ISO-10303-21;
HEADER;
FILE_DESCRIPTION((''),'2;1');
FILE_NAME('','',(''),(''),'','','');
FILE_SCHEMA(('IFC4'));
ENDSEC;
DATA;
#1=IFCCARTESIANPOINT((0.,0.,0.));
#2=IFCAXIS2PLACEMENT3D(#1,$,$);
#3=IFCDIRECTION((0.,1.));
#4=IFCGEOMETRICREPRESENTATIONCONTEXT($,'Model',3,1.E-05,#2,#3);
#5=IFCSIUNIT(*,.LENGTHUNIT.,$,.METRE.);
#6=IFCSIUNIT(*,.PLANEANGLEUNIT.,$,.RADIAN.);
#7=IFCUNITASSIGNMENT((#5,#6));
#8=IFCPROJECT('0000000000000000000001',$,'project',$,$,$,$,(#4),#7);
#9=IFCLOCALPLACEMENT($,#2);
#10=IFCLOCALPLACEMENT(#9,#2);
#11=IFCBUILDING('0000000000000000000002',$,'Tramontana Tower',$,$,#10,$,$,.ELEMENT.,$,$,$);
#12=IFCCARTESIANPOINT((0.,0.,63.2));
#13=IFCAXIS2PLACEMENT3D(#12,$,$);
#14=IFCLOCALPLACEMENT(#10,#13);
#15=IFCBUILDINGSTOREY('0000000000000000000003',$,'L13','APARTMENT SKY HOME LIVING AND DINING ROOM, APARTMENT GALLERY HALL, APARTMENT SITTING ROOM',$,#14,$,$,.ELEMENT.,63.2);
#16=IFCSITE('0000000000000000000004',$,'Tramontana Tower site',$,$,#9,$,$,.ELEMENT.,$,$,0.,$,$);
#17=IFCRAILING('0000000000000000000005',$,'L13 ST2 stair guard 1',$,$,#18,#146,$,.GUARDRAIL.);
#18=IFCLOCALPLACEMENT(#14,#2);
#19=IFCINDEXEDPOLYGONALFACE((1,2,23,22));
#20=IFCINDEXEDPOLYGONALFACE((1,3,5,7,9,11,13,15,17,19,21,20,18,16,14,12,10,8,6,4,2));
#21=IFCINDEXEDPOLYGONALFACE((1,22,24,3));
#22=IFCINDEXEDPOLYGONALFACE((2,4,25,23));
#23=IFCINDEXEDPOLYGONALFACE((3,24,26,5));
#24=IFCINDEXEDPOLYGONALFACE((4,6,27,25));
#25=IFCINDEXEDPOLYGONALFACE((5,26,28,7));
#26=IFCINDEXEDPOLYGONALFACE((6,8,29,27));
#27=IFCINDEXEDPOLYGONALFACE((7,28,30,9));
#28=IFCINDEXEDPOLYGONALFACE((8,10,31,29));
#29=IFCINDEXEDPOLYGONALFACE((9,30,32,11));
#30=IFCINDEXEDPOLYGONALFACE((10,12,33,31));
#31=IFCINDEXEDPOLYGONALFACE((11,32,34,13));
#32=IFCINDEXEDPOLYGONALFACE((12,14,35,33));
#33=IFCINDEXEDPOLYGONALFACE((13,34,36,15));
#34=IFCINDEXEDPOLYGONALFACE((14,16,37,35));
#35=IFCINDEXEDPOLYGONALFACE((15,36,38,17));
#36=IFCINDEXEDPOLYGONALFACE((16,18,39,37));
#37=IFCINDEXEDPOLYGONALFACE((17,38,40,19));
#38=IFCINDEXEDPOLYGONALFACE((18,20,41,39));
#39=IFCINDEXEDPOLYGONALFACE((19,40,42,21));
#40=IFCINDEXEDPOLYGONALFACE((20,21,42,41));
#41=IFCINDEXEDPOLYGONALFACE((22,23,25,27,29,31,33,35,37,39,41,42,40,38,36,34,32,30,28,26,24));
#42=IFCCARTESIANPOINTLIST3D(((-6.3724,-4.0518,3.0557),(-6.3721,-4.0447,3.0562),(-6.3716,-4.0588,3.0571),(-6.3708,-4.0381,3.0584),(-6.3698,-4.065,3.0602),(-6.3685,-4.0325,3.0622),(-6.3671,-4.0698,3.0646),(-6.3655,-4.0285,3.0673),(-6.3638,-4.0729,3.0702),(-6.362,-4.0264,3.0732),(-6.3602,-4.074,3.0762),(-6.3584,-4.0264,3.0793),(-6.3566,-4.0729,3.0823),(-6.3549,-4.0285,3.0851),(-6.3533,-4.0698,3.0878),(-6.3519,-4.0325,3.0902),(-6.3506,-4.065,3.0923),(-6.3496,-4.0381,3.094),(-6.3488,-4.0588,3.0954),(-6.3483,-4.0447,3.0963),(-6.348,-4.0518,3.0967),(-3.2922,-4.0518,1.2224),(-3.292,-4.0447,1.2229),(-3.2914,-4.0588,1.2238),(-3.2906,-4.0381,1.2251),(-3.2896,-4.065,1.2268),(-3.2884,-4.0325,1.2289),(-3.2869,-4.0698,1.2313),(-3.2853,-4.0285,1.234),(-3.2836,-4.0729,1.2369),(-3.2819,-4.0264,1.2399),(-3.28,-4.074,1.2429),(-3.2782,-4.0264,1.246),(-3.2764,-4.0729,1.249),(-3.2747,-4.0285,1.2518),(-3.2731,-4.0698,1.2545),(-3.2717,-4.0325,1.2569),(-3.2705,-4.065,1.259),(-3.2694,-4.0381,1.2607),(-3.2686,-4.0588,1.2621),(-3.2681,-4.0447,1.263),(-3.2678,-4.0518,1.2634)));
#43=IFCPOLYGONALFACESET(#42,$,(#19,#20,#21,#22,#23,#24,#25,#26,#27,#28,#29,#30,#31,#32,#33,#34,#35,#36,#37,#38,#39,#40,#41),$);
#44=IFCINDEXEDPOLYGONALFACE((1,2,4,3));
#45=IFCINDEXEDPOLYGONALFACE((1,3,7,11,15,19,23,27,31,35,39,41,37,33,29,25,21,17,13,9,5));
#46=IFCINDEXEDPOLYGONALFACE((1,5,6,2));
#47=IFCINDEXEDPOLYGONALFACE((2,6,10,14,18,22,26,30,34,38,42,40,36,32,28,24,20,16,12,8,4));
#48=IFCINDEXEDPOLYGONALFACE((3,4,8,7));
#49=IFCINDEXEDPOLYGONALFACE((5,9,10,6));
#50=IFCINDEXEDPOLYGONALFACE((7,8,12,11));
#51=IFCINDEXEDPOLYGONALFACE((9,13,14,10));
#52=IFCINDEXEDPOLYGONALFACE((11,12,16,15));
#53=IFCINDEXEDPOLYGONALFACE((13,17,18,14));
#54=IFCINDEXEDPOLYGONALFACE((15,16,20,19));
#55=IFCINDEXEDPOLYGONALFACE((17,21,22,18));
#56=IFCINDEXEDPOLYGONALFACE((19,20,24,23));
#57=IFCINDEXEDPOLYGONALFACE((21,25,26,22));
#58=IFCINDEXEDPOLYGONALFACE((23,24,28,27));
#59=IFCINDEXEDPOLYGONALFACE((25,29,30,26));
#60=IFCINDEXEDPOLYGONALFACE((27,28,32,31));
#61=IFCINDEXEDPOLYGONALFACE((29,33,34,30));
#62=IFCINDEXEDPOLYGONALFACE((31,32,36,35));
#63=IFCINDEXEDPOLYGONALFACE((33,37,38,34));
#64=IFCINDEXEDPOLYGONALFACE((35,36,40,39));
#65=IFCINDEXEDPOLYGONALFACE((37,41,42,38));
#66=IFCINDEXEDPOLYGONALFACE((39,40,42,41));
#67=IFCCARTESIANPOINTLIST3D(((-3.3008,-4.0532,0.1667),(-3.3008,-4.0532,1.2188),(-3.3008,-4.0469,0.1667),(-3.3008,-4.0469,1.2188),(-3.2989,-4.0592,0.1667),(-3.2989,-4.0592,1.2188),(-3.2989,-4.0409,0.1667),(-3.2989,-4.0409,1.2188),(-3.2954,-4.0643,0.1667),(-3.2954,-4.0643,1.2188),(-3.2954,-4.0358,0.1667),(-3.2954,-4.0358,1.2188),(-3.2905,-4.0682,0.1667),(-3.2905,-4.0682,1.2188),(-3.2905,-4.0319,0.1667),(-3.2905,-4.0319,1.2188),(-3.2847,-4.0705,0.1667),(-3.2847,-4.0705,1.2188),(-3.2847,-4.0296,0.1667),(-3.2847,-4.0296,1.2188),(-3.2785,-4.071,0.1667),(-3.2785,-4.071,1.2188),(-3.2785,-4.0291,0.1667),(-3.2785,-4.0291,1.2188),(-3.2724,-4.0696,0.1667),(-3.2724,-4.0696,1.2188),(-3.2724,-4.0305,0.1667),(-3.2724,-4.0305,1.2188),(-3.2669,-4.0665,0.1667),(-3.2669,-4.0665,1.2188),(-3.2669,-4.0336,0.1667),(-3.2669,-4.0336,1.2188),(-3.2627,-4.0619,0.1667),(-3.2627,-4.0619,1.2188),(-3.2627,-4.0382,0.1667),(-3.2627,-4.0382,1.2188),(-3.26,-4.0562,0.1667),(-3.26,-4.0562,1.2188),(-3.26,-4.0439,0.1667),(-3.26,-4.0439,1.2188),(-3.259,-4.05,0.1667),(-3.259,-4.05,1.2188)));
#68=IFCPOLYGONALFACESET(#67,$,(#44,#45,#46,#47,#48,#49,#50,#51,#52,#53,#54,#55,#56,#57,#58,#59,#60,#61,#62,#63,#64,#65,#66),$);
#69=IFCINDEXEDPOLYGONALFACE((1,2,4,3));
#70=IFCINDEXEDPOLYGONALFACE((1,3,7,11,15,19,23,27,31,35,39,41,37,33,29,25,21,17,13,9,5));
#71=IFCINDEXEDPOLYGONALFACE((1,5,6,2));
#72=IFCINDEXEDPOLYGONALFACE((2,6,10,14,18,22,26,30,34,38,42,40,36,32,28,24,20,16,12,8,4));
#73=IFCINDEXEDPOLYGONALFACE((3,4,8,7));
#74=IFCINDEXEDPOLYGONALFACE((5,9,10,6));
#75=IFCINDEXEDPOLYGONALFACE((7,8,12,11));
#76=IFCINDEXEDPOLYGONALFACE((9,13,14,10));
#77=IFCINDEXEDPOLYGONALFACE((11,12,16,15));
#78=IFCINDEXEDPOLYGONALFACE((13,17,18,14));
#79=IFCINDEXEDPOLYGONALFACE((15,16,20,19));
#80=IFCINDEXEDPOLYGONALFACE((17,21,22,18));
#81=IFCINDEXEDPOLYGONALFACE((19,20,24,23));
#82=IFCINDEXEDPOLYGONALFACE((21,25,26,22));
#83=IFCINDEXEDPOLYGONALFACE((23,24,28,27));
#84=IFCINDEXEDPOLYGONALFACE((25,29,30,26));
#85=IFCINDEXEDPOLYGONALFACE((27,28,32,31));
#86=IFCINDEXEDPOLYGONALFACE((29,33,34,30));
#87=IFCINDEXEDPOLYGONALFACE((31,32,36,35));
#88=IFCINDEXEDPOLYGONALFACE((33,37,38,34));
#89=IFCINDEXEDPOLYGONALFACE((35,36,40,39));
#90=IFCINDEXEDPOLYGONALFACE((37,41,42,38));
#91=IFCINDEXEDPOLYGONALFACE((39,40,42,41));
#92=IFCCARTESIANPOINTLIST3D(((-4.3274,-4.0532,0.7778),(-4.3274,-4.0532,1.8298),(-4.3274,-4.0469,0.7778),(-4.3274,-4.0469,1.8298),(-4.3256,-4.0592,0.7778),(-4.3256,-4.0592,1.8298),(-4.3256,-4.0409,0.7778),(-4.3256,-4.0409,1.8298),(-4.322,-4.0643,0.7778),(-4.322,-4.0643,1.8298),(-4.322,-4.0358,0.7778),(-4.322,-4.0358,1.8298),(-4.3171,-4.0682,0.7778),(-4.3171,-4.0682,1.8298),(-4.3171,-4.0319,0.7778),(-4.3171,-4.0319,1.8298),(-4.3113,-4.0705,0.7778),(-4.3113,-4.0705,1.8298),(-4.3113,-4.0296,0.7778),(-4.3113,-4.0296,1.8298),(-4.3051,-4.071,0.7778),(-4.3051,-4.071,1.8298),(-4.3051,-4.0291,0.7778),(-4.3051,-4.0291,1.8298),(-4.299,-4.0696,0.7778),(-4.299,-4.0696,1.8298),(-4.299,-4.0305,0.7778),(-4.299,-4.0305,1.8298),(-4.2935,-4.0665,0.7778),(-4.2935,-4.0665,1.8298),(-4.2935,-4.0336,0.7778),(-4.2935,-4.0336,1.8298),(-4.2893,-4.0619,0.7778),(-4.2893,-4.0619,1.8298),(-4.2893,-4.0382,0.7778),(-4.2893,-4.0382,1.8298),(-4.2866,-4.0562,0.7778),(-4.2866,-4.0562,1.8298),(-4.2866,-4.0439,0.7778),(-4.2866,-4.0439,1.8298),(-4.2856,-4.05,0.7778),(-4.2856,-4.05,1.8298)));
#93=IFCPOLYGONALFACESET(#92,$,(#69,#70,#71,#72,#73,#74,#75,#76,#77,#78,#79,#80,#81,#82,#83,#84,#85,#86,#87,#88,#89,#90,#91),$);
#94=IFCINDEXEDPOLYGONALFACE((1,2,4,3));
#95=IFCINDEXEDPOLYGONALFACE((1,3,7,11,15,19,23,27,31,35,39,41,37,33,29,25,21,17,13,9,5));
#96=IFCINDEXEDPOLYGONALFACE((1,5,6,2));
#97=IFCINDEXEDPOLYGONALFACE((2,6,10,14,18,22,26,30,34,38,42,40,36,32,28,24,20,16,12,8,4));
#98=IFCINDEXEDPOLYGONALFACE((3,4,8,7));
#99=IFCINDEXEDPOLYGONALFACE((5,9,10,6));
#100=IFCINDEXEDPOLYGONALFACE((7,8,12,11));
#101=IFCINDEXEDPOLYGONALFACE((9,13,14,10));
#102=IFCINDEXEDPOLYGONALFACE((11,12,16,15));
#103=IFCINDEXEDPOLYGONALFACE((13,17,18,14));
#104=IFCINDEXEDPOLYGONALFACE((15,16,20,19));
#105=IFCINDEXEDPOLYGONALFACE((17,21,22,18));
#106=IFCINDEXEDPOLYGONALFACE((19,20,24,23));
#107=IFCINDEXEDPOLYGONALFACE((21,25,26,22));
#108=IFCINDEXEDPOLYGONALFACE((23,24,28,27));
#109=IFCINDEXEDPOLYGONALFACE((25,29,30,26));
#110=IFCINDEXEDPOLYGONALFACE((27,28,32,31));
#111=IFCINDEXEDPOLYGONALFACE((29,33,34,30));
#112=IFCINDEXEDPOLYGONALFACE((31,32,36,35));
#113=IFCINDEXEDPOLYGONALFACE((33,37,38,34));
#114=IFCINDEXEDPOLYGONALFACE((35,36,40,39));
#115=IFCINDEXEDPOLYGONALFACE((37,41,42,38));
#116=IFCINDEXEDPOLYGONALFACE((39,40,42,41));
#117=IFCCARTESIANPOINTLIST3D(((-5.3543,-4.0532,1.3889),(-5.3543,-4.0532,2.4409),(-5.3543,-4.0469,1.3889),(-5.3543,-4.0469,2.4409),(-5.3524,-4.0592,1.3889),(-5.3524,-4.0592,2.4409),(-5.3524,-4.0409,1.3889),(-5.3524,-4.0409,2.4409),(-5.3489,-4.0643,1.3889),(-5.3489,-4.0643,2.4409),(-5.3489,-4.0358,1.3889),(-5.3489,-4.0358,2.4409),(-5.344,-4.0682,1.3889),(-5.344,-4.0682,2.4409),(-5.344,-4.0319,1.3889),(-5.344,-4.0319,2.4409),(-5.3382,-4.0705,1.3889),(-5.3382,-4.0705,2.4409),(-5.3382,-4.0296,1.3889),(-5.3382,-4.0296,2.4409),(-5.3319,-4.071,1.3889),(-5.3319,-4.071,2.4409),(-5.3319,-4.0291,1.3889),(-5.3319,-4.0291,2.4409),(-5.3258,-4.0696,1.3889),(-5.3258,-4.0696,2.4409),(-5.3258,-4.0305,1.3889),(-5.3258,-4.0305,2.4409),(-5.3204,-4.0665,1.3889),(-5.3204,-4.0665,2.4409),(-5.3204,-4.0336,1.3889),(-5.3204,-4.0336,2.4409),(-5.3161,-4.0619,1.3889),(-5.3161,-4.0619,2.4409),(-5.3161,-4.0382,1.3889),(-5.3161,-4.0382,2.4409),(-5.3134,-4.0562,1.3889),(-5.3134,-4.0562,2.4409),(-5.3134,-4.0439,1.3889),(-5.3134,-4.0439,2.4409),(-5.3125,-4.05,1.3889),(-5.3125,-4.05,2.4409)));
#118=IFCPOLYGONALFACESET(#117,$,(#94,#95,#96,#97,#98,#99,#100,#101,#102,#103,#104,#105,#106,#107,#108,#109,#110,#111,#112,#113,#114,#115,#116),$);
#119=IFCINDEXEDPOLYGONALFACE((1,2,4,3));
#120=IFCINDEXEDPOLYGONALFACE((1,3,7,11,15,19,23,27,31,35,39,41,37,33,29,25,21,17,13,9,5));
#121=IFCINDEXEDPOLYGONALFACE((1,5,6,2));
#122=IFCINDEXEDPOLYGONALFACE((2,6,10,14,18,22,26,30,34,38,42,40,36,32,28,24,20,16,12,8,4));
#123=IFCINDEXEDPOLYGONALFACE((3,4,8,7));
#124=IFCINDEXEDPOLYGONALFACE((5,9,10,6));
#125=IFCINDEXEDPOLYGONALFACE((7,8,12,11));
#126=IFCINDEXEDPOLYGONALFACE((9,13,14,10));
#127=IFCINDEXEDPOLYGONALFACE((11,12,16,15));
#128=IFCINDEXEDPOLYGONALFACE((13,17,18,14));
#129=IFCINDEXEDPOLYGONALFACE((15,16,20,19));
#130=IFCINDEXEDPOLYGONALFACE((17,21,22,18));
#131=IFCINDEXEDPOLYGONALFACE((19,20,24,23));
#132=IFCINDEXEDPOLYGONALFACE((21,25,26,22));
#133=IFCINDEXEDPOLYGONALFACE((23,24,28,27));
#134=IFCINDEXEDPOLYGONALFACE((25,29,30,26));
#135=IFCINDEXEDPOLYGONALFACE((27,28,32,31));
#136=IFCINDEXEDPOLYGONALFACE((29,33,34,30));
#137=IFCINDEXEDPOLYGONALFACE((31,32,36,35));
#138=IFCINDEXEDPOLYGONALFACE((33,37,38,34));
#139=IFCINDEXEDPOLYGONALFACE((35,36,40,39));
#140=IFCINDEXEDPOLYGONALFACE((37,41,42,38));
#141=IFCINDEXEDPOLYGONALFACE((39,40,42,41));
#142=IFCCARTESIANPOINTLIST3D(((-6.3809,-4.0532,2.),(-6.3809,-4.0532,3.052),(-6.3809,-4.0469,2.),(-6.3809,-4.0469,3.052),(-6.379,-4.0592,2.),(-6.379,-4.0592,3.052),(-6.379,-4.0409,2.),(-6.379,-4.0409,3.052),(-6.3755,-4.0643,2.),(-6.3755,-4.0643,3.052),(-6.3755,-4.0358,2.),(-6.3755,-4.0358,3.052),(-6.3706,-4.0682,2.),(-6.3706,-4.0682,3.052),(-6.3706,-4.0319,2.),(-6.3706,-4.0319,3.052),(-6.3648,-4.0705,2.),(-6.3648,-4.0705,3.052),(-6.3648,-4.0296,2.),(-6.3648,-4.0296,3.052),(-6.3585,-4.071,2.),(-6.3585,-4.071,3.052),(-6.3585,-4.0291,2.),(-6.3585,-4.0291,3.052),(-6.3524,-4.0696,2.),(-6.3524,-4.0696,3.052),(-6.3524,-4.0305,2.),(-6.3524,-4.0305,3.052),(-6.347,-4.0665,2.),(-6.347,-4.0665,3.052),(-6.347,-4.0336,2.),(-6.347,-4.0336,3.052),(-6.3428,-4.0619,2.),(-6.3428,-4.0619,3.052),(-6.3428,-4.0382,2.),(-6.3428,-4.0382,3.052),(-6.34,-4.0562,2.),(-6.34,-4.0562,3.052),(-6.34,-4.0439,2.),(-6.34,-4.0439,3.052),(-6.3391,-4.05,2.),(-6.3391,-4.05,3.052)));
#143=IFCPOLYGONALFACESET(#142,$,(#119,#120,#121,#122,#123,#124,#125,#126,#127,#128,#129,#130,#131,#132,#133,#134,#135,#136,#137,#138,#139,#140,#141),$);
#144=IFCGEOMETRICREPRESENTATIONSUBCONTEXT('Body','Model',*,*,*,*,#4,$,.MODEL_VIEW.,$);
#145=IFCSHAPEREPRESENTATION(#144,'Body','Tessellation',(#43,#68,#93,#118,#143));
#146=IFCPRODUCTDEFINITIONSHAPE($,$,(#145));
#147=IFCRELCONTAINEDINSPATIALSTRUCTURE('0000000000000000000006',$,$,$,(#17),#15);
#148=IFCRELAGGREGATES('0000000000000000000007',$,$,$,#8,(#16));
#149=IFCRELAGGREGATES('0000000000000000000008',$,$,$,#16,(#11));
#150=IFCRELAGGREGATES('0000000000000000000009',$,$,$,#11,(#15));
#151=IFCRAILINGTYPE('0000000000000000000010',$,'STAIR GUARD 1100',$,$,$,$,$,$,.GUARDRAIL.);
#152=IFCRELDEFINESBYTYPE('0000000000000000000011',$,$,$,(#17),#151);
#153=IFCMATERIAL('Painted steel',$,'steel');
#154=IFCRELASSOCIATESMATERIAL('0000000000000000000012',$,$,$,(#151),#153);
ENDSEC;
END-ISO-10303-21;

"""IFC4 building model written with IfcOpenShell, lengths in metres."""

from ifc_helpers import new_model, si_unit, direction, frame, origin, origin_2d, place, context, subcontext, project, spatial, circle, extrude, material, type_object, element, save


model = new_model("IFC4")

# Units and contexts
model_context = context("Model", 3, precision=1e-05, world=origin(), true_north=direction((0.0, 1.0)))
body_context = subcontext(model_context, "Body", "Model", "MODEL_VIEW")
ifc_project = project(units=[si_unit("LENGTHUNIT", "METRE"), si_unit("PLANEANGLEUNIT", "RADIAN")], contexts=[model_context])

# Site, building, storey
site_placement = place(None, origin())
site = spatial("IfcSite", under=ifc_project, at=site_placement, Name="Tramontana Tower site", CompositionType="ELEMENT", RefElevation=0.0)
building_placement = place(site_placement, origin())
building = spatial("IfcBuilding", under=site, at=building_placement, Name="Tramontana Tower", CompositionType="ELEMENT")
storey_placement = place(building_placement, frame((0.0, 0.0, 63.2)))
storey = spatial("IfcBuildingStorey", under=building, at=storey_placement, Name="L13", Description="APARTMENT SKY HOME LIVING AND DINING ROOM, APARTMENT GALLERY HALL, APARTMENT SITTING ROOM", CompositionType="ELEMENT", Elevation=63.2)

# Railing
ifc_material_1 = material(Name="Painted steel", Category="steel")
railing_type_1 = type_object("IfcRailingType", Name="STAIR GUARD 1100", PredefinedType="GUARDRAIL", material=ifc_material_1)
railing_1_placement = place(storey_placement, frame((-3.28, -4.05, 0.1667)))
element("IfcRailing", 1, at=railing_1_placement, inside=storey, type_object=railing_type_1, Name="L13 ST2 stair guard 1", PredefinedType="GUARDRAIL", context=body_context, shape_type="SweptSolid", body=[
    extrude(circle(Radius=0.0239, at=origin_2d()), frame((0.0, 0.0, 1.0762), z_axis=(-0.859309, 0.0, 0.511458), x_axis=(0.0, -1.0, 0.0)), (0.0, 0.0, 1.0), 3.5845),
    extrude(circle(Radius=0.021, at=origin_2d()), origin(), (0.0, 0.0, 1.0), 1.052),
    extrude(circle(Radius=0.021, at=origin_2d()), frame((-1.0266, 0.0, 0.6111)), (0.0, 0.0, 1.0), 1.052),
    extrude(circle(Radius=0.021, at=origin_2d()), frame((-2.0535, 0.0, 1.2222)), (0.0, 0.0, 1.0), 1.052),
    extrude(circle(Radius=0.021, at=origin_2d()), frame((-3.0801, 0.0, 1.8333)), (0.0, 0.0, 1.0), 1.052),
])

save(model, "model.ifc")
